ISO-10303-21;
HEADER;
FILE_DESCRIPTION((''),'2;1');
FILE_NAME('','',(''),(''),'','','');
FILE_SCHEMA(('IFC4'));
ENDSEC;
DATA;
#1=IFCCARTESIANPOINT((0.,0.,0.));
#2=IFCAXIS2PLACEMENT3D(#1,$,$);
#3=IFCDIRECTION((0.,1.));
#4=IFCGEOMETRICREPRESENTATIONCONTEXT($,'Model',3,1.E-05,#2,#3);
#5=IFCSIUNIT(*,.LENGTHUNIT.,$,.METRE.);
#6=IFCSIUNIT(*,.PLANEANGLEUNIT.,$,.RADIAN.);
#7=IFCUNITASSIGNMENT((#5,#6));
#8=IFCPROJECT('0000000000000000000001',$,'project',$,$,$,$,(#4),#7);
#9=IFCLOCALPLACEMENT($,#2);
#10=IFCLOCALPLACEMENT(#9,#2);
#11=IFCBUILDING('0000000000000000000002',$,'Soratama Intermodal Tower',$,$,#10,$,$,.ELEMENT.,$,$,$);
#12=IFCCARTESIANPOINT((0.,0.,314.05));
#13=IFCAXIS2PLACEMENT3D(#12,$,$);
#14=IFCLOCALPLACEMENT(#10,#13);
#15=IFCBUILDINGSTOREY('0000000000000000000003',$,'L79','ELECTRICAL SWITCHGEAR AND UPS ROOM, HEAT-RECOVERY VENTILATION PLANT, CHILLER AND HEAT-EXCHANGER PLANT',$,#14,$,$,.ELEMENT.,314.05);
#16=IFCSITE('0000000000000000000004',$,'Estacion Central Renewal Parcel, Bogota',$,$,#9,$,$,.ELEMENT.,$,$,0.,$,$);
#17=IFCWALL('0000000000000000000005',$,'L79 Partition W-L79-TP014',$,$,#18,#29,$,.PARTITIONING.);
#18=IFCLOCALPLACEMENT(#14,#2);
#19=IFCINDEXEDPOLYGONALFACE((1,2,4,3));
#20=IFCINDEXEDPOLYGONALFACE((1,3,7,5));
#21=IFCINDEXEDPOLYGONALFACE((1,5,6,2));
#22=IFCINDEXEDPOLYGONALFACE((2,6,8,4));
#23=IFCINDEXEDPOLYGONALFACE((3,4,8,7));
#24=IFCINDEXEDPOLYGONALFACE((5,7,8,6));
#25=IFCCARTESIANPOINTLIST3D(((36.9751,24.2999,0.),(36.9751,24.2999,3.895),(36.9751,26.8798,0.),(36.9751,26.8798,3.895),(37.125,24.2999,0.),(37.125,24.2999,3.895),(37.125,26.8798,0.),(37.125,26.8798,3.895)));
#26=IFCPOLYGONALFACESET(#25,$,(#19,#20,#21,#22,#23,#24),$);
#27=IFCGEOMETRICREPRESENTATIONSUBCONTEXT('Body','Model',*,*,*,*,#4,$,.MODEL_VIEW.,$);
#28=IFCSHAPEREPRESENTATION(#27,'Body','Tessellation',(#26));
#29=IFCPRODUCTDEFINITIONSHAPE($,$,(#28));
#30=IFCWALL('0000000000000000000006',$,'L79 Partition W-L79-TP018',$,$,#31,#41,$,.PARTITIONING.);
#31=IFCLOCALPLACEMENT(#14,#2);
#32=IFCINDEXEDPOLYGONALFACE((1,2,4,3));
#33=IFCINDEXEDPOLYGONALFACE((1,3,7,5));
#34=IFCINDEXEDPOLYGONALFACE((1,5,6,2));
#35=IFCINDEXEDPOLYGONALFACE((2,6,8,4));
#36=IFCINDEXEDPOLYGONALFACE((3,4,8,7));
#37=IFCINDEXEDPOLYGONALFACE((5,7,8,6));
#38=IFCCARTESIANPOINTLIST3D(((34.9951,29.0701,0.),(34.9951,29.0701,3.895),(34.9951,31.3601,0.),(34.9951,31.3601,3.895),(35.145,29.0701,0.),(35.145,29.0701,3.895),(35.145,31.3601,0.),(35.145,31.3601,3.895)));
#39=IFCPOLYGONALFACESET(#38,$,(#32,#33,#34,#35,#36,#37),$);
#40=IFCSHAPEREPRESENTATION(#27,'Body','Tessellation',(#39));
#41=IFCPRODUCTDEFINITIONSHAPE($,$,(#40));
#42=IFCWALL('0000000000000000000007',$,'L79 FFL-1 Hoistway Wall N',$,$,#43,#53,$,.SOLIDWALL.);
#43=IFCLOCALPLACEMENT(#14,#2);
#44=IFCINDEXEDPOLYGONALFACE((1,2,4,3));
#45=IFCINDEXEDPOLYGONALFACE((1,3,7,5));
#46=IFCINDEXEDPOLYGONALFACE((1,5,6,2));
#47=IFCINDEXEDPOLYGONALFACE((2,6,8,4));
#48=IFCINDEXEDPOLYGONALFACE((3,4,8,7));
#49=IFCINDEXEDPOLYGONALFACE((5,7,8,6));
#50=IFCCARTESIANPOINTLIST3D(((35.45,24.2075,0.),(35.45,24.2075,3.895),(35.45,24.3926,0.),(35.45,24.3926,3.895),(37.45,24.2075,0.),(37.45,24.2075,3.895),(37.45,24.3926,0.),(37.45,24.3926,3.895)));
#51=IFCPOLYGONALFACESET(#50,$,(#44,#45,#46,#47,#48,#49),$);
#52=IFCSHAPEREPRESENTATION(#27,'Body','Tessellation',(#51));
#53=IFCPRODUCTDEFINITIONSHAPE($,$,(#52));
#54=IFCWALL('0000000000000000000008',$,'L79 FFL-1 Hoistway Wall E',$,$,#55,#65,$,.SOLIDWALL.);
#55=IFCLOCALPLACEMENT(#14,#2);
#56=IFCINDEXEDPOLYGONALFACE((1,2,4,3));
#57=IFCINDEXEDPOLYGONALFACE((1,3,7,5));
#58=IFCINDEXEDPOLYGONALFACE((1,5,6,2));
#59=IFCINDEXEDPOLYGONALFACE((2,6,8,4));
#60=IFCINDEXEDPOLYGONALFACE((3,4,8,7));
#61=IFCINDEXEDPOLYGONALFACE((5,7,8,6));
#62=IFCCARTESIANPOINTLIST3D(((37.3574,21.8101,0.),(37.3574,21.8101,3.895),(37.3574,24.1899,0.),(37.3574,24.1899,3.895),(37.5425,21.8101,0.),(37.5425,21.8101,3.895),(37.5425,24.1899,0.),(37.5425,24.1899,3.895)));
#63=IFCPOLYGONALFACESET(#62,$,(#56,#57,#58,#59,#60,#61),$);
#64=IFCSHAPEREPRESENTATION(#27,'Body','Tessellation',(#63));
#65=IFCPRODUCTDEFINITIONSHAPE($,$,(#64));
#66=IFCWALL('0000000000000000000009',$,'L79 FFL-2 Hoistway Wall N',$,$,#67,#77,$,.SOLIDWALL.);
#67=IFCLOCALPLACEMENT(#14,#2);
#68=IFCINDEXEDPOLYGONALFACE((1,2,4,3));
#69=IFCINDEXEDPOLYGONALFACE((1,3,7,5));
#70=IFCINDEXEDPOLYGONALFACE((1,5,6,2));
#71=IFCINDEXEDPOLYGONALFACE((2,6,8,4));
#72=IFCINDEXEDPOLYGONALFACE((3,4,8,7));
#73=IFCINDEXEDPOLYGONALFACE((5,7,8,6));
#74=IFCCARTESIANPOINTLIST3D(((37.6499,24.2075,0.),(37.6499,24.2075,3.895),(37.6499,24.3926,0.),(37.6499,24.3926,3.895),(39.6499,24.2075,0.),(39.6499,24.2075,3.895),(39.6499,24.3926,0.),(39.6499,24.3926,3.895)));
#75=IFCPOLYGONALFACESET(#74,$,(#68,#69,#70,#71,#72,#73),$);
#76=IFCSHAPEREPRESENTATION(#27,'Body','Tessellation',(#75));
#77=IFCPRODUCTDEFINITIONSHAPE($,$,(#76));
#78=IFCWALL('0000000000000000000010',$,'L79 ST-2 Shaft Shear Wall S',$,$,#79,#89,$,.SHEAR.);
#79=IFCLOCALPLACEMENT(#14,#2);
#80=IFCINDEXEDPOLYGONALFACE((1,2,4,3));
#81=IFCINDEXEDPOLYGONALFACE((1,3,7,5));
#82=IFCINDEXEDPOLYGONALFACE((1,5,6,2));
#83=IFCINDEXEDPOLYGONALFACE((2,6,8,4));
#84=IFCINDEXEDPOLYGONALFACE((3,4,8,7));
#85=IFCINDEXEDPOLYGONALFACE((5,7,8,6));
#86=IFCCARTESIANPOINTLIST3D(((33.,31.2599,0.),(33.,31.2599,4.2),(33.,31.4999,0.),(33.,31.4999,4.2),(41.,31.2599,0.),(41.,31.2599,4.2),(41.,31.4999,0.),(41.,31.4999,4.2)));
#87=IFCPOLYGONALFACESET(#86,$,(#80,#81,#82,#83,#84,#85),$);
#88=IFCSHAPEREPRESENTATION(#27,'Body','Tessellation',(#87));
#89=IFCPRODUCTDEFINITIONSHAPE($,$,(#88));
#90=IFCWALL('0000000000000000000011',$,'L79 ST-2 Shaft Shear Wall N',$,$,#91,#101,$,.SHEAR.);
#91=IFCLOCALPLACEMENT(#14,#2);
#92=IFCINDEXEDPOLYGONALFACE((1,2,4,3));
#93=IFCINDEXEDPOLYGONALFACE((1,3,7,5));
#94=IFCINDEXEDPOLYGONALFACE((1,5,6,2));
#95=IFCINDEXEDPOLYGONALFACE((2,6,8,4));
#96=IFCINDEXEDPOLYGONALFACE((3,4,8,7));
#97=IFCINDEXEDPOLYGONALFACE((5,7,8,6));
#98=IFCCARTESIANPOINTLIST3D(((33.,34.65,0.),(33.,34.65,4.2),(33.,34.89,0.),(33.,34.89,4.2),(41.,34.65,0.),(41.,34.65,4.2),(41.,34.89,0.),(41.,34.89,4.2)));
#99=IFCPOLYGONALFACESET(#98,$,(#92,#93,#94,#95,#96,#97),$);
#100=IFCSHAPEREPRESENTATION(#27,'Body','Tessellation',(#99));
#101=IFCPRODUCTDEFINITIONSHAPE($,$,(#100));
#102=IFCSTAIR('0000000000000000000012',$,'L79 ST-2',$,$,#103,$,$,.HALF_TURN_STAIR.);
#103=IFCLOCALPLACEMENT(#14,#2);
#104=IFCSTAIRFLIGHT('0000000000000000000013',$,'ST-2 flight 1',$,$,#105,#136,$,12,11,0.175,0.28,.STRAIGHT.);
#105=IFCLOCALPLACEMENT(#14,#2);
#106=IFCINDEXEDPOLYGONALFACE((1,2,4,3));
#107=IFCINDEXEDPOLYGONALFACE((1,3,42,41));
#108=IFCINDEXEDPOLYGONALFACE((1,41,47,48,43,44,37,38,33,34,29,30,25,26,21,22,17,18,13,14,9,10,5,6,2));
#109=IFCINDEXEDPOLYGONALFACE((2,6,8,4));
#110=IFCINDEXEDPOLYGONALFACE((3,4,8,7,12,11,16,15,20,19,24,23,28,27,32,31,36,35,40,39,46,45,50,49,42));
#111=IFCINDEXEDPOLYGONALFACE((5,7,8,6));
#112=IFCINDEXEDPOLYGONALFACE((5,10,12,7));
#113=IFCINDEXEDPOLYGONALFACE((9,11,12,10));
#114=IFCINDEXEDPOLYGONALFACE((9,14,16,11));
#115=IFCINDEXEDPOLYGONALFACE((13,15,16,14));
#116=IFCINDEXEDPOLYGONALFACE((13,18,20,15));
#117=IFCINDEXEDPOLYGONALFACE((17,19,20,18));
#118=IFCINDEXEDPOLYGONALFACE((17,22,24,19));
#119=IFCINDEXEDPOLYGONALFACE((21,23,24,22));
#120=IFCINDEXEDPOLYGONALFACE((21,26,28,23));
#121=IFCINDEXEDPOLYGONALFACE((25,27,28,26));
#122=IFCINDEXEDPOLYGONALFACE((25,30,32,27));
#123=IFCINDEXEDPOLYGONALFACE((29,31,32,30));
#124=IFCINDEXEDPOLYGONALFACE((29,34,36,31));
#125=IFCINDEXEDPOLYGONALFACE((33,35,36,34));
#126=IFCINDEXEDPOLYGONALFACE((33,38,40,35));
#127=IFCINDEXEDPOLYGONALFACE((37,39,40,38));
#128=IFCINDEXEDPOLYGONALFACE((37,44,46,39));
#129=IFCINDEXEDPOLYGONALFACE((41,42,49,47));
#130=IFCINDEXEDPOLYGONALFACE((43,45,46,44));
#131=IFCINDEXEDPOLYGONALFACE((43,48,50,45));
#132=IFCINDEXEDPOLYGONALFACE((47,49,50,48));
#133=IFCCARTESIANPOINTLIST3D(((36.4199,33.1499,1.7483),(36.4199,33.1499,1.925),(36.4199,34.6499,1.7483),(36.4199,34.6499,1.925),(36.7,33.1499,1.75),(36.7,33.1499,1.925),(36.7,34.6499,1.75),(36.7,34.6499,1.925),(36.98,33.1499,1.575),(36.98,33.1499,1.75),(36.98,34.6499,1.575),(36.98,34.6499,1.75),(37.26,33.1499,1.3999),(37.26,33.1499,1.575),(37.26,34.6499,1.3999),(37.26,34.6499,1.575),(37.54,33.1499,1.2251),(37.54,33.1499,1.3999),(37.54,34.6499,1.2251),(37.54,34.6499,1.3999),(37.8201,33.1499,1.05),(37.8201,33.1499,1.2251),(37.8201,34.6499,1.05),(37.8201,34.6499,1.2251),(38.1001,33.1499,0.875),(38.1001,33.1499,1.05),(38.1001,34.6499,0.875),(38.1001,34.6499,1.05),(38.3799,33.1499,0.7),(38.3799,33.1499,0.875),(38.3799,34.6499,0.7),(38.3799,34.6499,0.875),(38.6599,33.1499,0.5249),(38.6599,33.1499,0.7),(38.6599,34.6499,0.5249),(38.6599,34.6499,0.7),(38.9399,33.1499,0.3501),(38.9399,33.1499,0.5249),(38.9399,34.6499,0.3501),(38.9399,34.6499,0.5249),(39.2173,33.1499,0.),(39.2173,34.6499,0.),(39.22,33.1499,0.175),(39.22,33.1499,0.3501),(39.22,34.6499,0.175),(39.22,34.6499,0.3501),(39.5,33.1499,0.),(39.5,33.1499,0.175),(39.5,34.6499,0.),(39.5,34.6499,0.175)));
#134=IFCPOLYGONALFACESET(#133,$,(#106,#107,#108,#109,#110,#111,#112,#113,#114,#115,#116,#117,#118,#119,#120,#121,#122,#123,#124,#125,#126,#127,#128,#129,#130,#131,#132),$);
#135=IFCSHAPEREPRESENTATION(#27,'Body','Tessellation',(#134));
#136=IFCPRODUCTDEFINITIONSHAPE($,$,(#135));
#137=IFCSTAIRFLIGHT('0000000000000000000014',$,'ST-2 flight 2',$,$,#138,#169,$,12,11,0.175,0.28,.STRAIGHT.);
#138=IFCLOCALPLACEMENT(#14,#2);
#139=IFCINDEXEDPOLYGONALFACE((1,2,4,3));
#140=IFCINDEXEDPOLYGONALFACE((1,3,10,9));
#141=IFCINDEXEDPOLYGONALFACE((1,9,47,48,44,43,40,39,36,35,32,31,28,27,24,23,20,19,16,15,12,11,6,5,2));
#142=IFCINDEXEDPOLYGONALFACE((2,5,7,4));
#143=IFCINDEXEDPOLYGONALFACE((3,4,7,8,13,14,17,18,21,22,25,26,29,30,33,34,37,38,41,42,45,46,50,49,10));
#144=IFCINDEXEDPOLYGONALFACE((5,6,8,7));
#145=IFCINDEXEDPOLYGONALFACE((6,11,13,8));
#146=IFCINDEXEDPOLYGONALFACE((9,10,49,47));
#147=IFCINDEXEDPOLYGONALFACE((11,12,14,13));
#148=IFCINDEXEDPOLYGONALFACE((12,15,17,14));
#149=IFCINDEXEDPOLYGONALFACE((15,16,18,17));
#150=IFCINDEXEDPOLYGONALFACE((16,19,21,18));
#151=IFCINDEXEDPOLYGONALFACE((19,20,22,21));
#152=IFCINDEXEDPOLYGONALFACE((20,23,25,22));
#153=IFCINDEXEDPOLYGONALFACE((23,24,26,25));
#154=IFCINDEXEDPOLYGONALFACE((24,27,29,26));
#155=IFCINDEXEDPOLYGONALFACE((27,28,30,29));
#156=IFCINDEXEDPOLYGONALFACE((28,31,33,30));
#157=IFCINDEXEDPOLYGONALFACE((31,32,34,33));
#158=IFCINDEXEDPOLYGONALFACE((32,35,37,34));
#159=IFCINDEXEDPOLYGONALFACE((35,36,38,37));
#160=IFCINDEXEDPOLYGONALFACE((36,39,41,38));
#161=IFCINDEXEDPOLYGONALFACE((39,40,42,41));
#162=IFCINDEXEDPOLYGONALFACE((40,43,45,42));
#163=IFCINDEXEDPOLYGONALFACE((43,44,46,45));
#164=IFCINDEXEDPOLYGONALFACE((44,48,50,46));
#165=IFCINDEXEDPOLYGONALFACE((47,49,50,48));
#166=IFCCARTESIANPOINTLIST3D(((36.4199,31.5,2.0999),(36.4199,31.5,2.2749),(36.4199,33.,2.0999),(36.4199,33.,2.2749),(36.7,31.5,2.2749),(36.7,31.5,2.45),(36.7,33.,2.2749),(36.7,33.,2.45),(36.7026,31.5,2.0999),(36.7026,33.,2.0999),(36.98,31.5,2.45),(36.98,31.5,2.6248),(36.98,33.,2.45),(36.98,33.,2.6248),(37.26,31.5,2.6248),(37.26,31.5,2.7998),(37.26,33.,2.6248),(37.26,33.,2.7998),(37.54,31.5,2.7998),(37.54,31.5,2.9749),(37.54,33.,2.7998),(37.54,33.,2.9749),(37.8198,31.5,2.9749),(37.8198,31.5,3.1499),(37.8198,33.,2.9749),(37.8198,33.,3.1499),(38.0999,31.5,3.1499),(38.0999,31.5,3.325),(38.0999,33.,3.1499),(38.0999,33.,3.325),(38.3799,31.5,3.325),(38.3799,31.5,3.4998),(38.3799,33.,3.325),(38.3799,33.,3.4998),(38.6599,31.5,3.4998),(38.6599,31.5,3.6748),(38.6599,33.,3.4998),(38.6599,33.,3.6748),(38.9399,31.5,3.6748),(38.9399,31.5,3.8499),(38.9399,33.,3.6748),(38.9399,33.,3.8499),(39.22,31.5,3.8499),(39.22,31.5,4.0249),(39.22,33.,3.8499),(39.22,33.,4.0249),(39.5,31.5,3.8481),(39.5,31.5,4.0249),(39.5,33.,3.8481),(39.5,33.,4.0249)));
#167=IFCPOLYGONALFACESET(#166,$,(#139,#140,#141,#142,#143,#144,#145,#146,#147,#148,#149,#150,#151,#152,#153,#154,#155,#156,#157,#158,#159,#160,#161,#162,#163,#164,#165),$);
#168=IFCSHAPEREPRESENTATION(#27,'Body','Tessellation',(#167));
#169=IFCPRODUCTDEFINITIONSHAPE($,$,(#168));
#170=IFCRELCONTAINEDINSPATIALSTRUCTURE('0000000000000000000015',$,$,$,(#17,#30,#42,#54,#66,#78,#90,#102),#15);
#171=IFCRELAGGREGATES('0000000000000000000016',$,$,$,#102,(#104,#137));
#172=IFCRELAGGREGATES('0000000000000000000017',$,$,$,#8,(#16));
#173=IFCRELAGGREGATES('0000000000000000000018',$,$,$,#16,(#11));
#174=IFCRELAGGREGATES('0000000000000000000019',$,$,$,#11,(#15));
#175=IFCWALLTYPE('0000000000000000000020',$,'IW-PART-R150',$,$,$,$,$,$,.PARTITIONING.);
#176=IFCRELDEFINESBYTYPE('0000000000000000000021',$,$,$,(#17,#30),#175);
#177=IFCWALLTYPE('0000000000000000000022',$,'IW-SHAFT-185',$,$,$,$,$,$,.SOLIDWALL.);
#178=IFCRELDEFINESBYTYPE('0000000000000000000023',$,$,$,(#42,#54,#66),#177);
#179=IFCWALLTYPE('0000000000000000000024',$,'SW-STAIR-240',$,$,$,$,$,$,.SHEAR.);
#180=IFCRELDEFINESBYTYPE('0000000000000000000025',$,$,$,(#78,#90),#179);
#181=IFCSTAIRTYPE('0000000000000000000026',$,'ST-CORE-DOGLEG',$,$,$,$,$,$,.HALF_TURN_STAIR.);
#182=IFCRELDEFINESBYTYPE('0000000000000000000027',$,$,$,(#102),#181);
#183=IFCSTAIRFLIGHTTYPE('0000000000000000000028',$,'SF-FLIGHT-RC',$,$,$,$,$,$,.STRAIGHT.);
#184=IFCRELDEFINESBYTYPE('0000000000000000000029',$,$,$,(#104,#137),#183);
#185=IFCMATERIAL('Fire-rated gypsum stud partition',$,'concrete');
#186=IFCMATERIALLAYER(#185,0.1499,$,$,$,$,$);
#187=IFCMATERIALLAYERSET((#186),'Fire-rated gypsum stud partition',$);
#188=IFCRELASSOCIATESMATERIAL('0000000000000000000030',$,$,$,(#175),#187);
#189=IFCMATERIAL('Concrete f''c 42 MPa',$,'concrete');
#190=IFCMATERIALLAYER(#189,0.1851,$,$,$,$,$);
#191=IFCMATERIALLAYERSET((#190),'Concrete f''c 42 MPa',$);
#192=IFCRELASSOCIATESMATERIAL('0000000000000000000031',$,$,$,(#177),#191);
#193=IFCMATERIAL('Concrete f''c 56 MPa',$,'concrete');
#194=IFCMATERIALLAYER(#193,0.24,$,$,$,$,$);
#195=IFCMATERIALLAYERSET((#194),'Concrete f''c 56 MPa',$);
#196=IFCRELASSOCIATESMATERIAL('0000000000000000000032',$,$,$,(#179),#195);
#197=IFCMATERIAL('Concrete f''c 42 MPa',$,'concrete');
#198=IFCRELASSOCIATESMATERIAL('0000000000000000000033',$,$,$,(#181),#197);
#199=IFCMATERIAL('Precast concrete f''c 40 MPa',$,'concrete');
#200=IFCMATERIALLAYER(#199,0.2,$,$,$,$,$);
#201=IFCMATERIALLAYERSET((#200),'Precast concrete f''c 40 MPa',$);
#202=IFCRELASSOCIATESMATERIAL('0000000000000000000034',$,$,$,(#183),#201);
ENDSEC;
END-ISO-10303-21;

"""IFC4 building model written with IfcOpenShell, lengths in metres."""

from ifc_helpers import new_model, si_unit, direction, frame, frame_2d, origin, place, context, subcontext, project, spatial, polyline, rectangle, outline, extrude, material, layer, layer_set, type_object, element, aggregate, save


model = new_model("IFC4")

# Units and contexts
model_context = context("Model", 3, precision=1e-05, world=origin(), true_north=direction((0.0, 1.0)))
body_context = subcontext(model_context, "Body", "Model", "MODEL_VIEW")
ifc_project = project(units=[si_unit("LENGTHUNIT", "METRE"), si_unit("PLANEANGLEUNIT", "RADIAN")], contexts=[model_context])

# Site, building, storey
site_placement = place(None, origin())
site = spatial("IfcSite", under=ifc_project, at=site_placement, Name="Estacion Central Renewal Parcel, Bogota", CompositionType="ELEMENT", RefElevation=0.0)
building_placement = place(site_placement, origin())
building = spatial("IfcBuilding", under=site, at=building_placement, Name="Soratama Intermodal Tower", CompositionType="ELEMENT")
storey_placement = place(building_placement, frame((0.0, 0.0, 314.05)))
storey = spatial("IfcBuildingStorey", under=building, at=storey_placement, Name="L79", Description="ELECTRICAL SWITCHGEAR AND UPS ROOM, HEAT-RECOVERY VENTILATION PLANT, CHILLER AND HEAT-EXCHANGER PLANT", CompositionType="ELEMENT", Elevation=314.05)

# Shared definitions
ifc_material_1 = material(Name="Fire-rated gypsum stud partition", Category="concrete")
ifc_layer_1 = layer(ifc_material_1, 0.1499)
ifc_layer_set_1 = layer_set([ifc_layer_1], Name="Fire-rated gypsum stud partition")
wall_type_1 = type_object("IfcWallType", Name="IW-PART-R150", PredefinedType="PARTITIONING", material=ifc_layer_set_1)

# Wall
wall_1_placement = place(storey_placement, frame((37.05, 26.8799, 0.0), z_axis=(0.0, 0.0, 1.0), x_axis=(0.0, -1.0, 0.0)))
element("IfcWall", 1, at=wall_1_placement, inside=storey, type_object=wall_type_1, Name="L79 Partition W-L79-TP014", PredefinedType="PARTITIONING", context=body_context, shape_type="SweptSolid", body=[
    extrude(rectangle(XDim=2.5798, YDim=0.1499, at=frame_2d((1.29, 0.0))), origin(), (0.0, 0.0, 1.0), 3.895),
])

# Walls
wall_2_placement = place(storey_placement, frame((35.0701, 31.3601, 0.0), z_axis=(0.0, 0.0, 1.0), x_axis=(0.0, -1.0, 0.0)))
element("IfcWall", 2, at=wall_2_placement, inside=storey, type_object=wall_type_1, Name="L79 Partition W-L79-TP018", PredefinedType="PARTITIONING", context=body_context, shape_type="SweptSolid", body=[
    extrude(rectangle(XDim=2.29, YDim=0.1499, at=frame_2d((1.145, 0.0))), origin(), (0.0, 0.0, 1.0), 3.895),
])
ifc_material_2 = material(Name="Concrete f'c 42 MPa", Category="concrete")
ifc_layer_2 = layer(ifc_material_2, 0.1851)
ifc_layer_set_2 = layer_set([ifc_layer_2], Name="Concrete f'c 42 MPa")
wall_type_2 = type_object("IfcWallType", Name="IW-SHAFT-185", PredefinedType="SOLIDWALL", material=ifc_layer_set_2)
wall_3_placement = place(storey_placement, frame((35.45, 24.3, 0.0), z_axis=(0.0, 0.0, 1.0), x_axis=(1.0, 0.0, 0.0)))
element("IfcWall", 3, at=wall_3_placement, inside=storey, type_object=wall_type_2, Name="L79 FFL-1 Hoistway Wall N", PredefinedType="SOLIDWALL", context=body_context, shape_type="SweptSolid", body=[
    extrude(rectangle(XDim=2.0, YDim=0.1851, at=frame_2d((1.0, 0.0))), origin(), (0.0, 0.0, 1.0), 3.895),
])
wall_4_placement = place(storey_placement, frame((37.45, 21.8101, 0.0), z_axis=(0.0, 0.0, 1.0), x_axis=(0.0, 1.0, 0.0)))
element("IfcWall", 4, at=wall_4_placement, inside=storey, type_object=wall_type_2, Name="L79 FFL-1 Hoistway Wall E", PredefinedType="SOLIDWALL", context=body_context, shape_type="SweptSolid", body=[
    extrude(rectangle(XDim=2.3799, YDim=0.1851, at=frame_2d((1.1899, 0.0))), origin(), (0.0, 0.0, 1.0), 3.895),
])
wall_5_placement = place(storey_placement, frame((37.6499, 24.3, 0.0), z_axis=(0.0, 0.0, 1.0), x_axis=(1.0, 0.0, 0.0)))
element("IfcWall", 5, at=wall_5_placement, inside=storey, type_object=wall_type_2, Name="L79 FFL-2 Hoistway Wall N", PredefinedType="SOLIDWALL", context=body_context, shape_type="SweptSolid", body=[
    extrude(rectangle(XDim=2.0, YDim=0.1851, at=frame_2d((1.0, 0.0))), origin(), (0.0, 0.0, 1.0), 3.895),
])
ifc_material_3 = material(Name="Concrete f'c 56 MPa", Category="concrete")
ifc_layer_3 = layer(ifc_material_3, 0.24)
ifc_layer_set_3 = layer_set([ifc_layer_3], Name="Concrete f'c 56 MPa")
wall_type_3 = type_object("IfcWallType", Name="SW-STAIR-240", PredefinedType="SHEAR", material=ifc_layer_set_3)
for number, where, z_axis, x_axis, name in (
    (6, (33.0, 31.3799, 0.0), (0.0, 0.0, 1.0), (1.0, 0.0, 0.0), "L79 ST-2 Shaft Shear Wall S"),
    (7, (33.0, 34.77, 0.0), (0.0, 0.0, 1.0), (1.0, 0.0, 0.0), "L79 ST-2 Shaft Shear Wall N"),
):
    element("IfcWall", number, at=place(storey_placement, frame(where, z_axis=z_axis, x_axis=x_axis)), inside=storey, type_object=wall_type_3, Name=name, PredefinedType="SHEAR", context=body_context, shape_type="SweptSolid", body=[
        extrude(rectangle(XDim=8.0, YDim=0.24, at=frame_2d((4.0, 0.0))), origin(), (0.0, 0.0, 1.0), 4.2),
    ])

# Stair, stair flights
ifc_material_4 = material(Name="Concrete f'c 42 MPa", Category="concrete")
stair_type = type_object("IfcStairType", Name="ST-CORE-DOGLEG", PredefinedType="HALF_TURN_STAIR", material=ifc_material_4)
stair_placement = place(storey_placement, origin())
stair = element("IfcStair", 8, at=stair_placement, inside=storey, type_object=stair_type, Name="L79 ST-2", PredefinedType="HALF_TURN_STAIR")
ifc_material_5 = material(Name="Precast concrete f'c 40 MPa", Category="concrete")
ifc_layer_4 = layer(ifc_material_5, 0.2)
ifc_layer_set_4 = layer_set([ifc_layer_4], Name="Precast concrete f'c 40 MPa")
stair_flight_type = type_object("IfcStairFlightType", Name="SF-FLIGHT-RC", PredefinedType="STRAIGHT", material=ifc_layer_set_4)
stair_flight_1_placement = place(storey_placement, frame((39.5, 33.8999, 0.0), z_axis=(0.0, 0.0, 1.0), x_axis=(-1.0, 0.0, 0.0)))
stair_flight_1 = element("IfcStairFlight", 9, at=stair_flight_1_placement, type_object=stair_flight_type, Name="ST-2 flight 1", NumberOfRisers=12, NumberOfTreads=11, PredefinedType="STRAIGHT", RiserHeight=0.175, TreadLength=0.28, context=body_context, shape_type="SweptSolid", body=[
    extrude(outline(polyline([(0.0, 0.0), (0.0, 0.175), (0.28, 0.175), (0.28, 0.3501), (0.5601, 0.3501), (0.5601, 0.5249), (0.8401, 0.5249), (0.8401, 0.7), (1.1201, 0.7), (1.1201, 0.875), (1.3999, 0.875), (1.3999, 1.05), (1.6799, 1.05), (1.6799, 1.2251), (1.96, 1.2251), (1.96, 1.3999), (2.24, 1.3999), (2.24, 1.575), (2.52, 1.575), (2.52, 1.75), (2.8, 1.75), (2.8, 1.925), (3.0801, 1.925), (3.0801, 2.1001), (3.0801, 1.7483), (0.2827, 0.0), (0.0, 0.0)])), frame((0.0, 0.75, 0.0), z_axis=(0.0, -1.0, 0.0), x_axis=(1.0, 0.0, 0.0)), (0.0, 0.0, 1.0), 1.5),
])
stair_flight_2_placement = place(storey_placement, frame((36.4199, 32.25, 2.0999), z_axis=(0.0, 0.0, 1.0), x_axis=(1.0, 0.0, 0.0)))
stair_flight_2 = element("IfcStairFlight", 10, at=stair_flight_2_placement, type_object=stair_flight_type, Name="ST-2 flight 2", NumberOfRisers=12, NumberOfTreads=11, PredefinedType="STRAIGHT", RiserHeight=0.175, TreadLength=0.28, context=body_context, shape_type="SweptSolid", body=[
    extrude(outline(polyline([(0.0, 0.0), (0.0, 0.175), (0.28, 0.175), (0.28, 0.3501), (0.5601, 0.3501), (0.5601, 0.5249), (0.8401, 0.5249), (0.8401, 0.7), (1.1201, 0.7), (1.1201, 0.875), (1.3999, 0.875), (1.3999, 1.05), (1.6799, 1.05), (1.6799, 1.2251), (1.96, 1.2251), (1.96, 1.3999), (2.24, 1.3999), (2.24, 1.575), (2.52, 1.575), (2.52, 1.75), (2.8, 1.75), (2.8, 1.925), (3.0801, 1.925), (3.0801, 2.1001), (3.0801, 1.7483), (0.2827, 0.0), (0.0, 0.0)])), frame((0.0, 0.75, 0.0), z_axis=(0.0, -1.0, 0.0), x_axis=(1.0, 0.0, 0.0)), (0.0, 0.0, 1.0), 1.5),
])
aggregate(stair, [stair_flight_1, stair_flight_2])

save(model, "model.ifc")
